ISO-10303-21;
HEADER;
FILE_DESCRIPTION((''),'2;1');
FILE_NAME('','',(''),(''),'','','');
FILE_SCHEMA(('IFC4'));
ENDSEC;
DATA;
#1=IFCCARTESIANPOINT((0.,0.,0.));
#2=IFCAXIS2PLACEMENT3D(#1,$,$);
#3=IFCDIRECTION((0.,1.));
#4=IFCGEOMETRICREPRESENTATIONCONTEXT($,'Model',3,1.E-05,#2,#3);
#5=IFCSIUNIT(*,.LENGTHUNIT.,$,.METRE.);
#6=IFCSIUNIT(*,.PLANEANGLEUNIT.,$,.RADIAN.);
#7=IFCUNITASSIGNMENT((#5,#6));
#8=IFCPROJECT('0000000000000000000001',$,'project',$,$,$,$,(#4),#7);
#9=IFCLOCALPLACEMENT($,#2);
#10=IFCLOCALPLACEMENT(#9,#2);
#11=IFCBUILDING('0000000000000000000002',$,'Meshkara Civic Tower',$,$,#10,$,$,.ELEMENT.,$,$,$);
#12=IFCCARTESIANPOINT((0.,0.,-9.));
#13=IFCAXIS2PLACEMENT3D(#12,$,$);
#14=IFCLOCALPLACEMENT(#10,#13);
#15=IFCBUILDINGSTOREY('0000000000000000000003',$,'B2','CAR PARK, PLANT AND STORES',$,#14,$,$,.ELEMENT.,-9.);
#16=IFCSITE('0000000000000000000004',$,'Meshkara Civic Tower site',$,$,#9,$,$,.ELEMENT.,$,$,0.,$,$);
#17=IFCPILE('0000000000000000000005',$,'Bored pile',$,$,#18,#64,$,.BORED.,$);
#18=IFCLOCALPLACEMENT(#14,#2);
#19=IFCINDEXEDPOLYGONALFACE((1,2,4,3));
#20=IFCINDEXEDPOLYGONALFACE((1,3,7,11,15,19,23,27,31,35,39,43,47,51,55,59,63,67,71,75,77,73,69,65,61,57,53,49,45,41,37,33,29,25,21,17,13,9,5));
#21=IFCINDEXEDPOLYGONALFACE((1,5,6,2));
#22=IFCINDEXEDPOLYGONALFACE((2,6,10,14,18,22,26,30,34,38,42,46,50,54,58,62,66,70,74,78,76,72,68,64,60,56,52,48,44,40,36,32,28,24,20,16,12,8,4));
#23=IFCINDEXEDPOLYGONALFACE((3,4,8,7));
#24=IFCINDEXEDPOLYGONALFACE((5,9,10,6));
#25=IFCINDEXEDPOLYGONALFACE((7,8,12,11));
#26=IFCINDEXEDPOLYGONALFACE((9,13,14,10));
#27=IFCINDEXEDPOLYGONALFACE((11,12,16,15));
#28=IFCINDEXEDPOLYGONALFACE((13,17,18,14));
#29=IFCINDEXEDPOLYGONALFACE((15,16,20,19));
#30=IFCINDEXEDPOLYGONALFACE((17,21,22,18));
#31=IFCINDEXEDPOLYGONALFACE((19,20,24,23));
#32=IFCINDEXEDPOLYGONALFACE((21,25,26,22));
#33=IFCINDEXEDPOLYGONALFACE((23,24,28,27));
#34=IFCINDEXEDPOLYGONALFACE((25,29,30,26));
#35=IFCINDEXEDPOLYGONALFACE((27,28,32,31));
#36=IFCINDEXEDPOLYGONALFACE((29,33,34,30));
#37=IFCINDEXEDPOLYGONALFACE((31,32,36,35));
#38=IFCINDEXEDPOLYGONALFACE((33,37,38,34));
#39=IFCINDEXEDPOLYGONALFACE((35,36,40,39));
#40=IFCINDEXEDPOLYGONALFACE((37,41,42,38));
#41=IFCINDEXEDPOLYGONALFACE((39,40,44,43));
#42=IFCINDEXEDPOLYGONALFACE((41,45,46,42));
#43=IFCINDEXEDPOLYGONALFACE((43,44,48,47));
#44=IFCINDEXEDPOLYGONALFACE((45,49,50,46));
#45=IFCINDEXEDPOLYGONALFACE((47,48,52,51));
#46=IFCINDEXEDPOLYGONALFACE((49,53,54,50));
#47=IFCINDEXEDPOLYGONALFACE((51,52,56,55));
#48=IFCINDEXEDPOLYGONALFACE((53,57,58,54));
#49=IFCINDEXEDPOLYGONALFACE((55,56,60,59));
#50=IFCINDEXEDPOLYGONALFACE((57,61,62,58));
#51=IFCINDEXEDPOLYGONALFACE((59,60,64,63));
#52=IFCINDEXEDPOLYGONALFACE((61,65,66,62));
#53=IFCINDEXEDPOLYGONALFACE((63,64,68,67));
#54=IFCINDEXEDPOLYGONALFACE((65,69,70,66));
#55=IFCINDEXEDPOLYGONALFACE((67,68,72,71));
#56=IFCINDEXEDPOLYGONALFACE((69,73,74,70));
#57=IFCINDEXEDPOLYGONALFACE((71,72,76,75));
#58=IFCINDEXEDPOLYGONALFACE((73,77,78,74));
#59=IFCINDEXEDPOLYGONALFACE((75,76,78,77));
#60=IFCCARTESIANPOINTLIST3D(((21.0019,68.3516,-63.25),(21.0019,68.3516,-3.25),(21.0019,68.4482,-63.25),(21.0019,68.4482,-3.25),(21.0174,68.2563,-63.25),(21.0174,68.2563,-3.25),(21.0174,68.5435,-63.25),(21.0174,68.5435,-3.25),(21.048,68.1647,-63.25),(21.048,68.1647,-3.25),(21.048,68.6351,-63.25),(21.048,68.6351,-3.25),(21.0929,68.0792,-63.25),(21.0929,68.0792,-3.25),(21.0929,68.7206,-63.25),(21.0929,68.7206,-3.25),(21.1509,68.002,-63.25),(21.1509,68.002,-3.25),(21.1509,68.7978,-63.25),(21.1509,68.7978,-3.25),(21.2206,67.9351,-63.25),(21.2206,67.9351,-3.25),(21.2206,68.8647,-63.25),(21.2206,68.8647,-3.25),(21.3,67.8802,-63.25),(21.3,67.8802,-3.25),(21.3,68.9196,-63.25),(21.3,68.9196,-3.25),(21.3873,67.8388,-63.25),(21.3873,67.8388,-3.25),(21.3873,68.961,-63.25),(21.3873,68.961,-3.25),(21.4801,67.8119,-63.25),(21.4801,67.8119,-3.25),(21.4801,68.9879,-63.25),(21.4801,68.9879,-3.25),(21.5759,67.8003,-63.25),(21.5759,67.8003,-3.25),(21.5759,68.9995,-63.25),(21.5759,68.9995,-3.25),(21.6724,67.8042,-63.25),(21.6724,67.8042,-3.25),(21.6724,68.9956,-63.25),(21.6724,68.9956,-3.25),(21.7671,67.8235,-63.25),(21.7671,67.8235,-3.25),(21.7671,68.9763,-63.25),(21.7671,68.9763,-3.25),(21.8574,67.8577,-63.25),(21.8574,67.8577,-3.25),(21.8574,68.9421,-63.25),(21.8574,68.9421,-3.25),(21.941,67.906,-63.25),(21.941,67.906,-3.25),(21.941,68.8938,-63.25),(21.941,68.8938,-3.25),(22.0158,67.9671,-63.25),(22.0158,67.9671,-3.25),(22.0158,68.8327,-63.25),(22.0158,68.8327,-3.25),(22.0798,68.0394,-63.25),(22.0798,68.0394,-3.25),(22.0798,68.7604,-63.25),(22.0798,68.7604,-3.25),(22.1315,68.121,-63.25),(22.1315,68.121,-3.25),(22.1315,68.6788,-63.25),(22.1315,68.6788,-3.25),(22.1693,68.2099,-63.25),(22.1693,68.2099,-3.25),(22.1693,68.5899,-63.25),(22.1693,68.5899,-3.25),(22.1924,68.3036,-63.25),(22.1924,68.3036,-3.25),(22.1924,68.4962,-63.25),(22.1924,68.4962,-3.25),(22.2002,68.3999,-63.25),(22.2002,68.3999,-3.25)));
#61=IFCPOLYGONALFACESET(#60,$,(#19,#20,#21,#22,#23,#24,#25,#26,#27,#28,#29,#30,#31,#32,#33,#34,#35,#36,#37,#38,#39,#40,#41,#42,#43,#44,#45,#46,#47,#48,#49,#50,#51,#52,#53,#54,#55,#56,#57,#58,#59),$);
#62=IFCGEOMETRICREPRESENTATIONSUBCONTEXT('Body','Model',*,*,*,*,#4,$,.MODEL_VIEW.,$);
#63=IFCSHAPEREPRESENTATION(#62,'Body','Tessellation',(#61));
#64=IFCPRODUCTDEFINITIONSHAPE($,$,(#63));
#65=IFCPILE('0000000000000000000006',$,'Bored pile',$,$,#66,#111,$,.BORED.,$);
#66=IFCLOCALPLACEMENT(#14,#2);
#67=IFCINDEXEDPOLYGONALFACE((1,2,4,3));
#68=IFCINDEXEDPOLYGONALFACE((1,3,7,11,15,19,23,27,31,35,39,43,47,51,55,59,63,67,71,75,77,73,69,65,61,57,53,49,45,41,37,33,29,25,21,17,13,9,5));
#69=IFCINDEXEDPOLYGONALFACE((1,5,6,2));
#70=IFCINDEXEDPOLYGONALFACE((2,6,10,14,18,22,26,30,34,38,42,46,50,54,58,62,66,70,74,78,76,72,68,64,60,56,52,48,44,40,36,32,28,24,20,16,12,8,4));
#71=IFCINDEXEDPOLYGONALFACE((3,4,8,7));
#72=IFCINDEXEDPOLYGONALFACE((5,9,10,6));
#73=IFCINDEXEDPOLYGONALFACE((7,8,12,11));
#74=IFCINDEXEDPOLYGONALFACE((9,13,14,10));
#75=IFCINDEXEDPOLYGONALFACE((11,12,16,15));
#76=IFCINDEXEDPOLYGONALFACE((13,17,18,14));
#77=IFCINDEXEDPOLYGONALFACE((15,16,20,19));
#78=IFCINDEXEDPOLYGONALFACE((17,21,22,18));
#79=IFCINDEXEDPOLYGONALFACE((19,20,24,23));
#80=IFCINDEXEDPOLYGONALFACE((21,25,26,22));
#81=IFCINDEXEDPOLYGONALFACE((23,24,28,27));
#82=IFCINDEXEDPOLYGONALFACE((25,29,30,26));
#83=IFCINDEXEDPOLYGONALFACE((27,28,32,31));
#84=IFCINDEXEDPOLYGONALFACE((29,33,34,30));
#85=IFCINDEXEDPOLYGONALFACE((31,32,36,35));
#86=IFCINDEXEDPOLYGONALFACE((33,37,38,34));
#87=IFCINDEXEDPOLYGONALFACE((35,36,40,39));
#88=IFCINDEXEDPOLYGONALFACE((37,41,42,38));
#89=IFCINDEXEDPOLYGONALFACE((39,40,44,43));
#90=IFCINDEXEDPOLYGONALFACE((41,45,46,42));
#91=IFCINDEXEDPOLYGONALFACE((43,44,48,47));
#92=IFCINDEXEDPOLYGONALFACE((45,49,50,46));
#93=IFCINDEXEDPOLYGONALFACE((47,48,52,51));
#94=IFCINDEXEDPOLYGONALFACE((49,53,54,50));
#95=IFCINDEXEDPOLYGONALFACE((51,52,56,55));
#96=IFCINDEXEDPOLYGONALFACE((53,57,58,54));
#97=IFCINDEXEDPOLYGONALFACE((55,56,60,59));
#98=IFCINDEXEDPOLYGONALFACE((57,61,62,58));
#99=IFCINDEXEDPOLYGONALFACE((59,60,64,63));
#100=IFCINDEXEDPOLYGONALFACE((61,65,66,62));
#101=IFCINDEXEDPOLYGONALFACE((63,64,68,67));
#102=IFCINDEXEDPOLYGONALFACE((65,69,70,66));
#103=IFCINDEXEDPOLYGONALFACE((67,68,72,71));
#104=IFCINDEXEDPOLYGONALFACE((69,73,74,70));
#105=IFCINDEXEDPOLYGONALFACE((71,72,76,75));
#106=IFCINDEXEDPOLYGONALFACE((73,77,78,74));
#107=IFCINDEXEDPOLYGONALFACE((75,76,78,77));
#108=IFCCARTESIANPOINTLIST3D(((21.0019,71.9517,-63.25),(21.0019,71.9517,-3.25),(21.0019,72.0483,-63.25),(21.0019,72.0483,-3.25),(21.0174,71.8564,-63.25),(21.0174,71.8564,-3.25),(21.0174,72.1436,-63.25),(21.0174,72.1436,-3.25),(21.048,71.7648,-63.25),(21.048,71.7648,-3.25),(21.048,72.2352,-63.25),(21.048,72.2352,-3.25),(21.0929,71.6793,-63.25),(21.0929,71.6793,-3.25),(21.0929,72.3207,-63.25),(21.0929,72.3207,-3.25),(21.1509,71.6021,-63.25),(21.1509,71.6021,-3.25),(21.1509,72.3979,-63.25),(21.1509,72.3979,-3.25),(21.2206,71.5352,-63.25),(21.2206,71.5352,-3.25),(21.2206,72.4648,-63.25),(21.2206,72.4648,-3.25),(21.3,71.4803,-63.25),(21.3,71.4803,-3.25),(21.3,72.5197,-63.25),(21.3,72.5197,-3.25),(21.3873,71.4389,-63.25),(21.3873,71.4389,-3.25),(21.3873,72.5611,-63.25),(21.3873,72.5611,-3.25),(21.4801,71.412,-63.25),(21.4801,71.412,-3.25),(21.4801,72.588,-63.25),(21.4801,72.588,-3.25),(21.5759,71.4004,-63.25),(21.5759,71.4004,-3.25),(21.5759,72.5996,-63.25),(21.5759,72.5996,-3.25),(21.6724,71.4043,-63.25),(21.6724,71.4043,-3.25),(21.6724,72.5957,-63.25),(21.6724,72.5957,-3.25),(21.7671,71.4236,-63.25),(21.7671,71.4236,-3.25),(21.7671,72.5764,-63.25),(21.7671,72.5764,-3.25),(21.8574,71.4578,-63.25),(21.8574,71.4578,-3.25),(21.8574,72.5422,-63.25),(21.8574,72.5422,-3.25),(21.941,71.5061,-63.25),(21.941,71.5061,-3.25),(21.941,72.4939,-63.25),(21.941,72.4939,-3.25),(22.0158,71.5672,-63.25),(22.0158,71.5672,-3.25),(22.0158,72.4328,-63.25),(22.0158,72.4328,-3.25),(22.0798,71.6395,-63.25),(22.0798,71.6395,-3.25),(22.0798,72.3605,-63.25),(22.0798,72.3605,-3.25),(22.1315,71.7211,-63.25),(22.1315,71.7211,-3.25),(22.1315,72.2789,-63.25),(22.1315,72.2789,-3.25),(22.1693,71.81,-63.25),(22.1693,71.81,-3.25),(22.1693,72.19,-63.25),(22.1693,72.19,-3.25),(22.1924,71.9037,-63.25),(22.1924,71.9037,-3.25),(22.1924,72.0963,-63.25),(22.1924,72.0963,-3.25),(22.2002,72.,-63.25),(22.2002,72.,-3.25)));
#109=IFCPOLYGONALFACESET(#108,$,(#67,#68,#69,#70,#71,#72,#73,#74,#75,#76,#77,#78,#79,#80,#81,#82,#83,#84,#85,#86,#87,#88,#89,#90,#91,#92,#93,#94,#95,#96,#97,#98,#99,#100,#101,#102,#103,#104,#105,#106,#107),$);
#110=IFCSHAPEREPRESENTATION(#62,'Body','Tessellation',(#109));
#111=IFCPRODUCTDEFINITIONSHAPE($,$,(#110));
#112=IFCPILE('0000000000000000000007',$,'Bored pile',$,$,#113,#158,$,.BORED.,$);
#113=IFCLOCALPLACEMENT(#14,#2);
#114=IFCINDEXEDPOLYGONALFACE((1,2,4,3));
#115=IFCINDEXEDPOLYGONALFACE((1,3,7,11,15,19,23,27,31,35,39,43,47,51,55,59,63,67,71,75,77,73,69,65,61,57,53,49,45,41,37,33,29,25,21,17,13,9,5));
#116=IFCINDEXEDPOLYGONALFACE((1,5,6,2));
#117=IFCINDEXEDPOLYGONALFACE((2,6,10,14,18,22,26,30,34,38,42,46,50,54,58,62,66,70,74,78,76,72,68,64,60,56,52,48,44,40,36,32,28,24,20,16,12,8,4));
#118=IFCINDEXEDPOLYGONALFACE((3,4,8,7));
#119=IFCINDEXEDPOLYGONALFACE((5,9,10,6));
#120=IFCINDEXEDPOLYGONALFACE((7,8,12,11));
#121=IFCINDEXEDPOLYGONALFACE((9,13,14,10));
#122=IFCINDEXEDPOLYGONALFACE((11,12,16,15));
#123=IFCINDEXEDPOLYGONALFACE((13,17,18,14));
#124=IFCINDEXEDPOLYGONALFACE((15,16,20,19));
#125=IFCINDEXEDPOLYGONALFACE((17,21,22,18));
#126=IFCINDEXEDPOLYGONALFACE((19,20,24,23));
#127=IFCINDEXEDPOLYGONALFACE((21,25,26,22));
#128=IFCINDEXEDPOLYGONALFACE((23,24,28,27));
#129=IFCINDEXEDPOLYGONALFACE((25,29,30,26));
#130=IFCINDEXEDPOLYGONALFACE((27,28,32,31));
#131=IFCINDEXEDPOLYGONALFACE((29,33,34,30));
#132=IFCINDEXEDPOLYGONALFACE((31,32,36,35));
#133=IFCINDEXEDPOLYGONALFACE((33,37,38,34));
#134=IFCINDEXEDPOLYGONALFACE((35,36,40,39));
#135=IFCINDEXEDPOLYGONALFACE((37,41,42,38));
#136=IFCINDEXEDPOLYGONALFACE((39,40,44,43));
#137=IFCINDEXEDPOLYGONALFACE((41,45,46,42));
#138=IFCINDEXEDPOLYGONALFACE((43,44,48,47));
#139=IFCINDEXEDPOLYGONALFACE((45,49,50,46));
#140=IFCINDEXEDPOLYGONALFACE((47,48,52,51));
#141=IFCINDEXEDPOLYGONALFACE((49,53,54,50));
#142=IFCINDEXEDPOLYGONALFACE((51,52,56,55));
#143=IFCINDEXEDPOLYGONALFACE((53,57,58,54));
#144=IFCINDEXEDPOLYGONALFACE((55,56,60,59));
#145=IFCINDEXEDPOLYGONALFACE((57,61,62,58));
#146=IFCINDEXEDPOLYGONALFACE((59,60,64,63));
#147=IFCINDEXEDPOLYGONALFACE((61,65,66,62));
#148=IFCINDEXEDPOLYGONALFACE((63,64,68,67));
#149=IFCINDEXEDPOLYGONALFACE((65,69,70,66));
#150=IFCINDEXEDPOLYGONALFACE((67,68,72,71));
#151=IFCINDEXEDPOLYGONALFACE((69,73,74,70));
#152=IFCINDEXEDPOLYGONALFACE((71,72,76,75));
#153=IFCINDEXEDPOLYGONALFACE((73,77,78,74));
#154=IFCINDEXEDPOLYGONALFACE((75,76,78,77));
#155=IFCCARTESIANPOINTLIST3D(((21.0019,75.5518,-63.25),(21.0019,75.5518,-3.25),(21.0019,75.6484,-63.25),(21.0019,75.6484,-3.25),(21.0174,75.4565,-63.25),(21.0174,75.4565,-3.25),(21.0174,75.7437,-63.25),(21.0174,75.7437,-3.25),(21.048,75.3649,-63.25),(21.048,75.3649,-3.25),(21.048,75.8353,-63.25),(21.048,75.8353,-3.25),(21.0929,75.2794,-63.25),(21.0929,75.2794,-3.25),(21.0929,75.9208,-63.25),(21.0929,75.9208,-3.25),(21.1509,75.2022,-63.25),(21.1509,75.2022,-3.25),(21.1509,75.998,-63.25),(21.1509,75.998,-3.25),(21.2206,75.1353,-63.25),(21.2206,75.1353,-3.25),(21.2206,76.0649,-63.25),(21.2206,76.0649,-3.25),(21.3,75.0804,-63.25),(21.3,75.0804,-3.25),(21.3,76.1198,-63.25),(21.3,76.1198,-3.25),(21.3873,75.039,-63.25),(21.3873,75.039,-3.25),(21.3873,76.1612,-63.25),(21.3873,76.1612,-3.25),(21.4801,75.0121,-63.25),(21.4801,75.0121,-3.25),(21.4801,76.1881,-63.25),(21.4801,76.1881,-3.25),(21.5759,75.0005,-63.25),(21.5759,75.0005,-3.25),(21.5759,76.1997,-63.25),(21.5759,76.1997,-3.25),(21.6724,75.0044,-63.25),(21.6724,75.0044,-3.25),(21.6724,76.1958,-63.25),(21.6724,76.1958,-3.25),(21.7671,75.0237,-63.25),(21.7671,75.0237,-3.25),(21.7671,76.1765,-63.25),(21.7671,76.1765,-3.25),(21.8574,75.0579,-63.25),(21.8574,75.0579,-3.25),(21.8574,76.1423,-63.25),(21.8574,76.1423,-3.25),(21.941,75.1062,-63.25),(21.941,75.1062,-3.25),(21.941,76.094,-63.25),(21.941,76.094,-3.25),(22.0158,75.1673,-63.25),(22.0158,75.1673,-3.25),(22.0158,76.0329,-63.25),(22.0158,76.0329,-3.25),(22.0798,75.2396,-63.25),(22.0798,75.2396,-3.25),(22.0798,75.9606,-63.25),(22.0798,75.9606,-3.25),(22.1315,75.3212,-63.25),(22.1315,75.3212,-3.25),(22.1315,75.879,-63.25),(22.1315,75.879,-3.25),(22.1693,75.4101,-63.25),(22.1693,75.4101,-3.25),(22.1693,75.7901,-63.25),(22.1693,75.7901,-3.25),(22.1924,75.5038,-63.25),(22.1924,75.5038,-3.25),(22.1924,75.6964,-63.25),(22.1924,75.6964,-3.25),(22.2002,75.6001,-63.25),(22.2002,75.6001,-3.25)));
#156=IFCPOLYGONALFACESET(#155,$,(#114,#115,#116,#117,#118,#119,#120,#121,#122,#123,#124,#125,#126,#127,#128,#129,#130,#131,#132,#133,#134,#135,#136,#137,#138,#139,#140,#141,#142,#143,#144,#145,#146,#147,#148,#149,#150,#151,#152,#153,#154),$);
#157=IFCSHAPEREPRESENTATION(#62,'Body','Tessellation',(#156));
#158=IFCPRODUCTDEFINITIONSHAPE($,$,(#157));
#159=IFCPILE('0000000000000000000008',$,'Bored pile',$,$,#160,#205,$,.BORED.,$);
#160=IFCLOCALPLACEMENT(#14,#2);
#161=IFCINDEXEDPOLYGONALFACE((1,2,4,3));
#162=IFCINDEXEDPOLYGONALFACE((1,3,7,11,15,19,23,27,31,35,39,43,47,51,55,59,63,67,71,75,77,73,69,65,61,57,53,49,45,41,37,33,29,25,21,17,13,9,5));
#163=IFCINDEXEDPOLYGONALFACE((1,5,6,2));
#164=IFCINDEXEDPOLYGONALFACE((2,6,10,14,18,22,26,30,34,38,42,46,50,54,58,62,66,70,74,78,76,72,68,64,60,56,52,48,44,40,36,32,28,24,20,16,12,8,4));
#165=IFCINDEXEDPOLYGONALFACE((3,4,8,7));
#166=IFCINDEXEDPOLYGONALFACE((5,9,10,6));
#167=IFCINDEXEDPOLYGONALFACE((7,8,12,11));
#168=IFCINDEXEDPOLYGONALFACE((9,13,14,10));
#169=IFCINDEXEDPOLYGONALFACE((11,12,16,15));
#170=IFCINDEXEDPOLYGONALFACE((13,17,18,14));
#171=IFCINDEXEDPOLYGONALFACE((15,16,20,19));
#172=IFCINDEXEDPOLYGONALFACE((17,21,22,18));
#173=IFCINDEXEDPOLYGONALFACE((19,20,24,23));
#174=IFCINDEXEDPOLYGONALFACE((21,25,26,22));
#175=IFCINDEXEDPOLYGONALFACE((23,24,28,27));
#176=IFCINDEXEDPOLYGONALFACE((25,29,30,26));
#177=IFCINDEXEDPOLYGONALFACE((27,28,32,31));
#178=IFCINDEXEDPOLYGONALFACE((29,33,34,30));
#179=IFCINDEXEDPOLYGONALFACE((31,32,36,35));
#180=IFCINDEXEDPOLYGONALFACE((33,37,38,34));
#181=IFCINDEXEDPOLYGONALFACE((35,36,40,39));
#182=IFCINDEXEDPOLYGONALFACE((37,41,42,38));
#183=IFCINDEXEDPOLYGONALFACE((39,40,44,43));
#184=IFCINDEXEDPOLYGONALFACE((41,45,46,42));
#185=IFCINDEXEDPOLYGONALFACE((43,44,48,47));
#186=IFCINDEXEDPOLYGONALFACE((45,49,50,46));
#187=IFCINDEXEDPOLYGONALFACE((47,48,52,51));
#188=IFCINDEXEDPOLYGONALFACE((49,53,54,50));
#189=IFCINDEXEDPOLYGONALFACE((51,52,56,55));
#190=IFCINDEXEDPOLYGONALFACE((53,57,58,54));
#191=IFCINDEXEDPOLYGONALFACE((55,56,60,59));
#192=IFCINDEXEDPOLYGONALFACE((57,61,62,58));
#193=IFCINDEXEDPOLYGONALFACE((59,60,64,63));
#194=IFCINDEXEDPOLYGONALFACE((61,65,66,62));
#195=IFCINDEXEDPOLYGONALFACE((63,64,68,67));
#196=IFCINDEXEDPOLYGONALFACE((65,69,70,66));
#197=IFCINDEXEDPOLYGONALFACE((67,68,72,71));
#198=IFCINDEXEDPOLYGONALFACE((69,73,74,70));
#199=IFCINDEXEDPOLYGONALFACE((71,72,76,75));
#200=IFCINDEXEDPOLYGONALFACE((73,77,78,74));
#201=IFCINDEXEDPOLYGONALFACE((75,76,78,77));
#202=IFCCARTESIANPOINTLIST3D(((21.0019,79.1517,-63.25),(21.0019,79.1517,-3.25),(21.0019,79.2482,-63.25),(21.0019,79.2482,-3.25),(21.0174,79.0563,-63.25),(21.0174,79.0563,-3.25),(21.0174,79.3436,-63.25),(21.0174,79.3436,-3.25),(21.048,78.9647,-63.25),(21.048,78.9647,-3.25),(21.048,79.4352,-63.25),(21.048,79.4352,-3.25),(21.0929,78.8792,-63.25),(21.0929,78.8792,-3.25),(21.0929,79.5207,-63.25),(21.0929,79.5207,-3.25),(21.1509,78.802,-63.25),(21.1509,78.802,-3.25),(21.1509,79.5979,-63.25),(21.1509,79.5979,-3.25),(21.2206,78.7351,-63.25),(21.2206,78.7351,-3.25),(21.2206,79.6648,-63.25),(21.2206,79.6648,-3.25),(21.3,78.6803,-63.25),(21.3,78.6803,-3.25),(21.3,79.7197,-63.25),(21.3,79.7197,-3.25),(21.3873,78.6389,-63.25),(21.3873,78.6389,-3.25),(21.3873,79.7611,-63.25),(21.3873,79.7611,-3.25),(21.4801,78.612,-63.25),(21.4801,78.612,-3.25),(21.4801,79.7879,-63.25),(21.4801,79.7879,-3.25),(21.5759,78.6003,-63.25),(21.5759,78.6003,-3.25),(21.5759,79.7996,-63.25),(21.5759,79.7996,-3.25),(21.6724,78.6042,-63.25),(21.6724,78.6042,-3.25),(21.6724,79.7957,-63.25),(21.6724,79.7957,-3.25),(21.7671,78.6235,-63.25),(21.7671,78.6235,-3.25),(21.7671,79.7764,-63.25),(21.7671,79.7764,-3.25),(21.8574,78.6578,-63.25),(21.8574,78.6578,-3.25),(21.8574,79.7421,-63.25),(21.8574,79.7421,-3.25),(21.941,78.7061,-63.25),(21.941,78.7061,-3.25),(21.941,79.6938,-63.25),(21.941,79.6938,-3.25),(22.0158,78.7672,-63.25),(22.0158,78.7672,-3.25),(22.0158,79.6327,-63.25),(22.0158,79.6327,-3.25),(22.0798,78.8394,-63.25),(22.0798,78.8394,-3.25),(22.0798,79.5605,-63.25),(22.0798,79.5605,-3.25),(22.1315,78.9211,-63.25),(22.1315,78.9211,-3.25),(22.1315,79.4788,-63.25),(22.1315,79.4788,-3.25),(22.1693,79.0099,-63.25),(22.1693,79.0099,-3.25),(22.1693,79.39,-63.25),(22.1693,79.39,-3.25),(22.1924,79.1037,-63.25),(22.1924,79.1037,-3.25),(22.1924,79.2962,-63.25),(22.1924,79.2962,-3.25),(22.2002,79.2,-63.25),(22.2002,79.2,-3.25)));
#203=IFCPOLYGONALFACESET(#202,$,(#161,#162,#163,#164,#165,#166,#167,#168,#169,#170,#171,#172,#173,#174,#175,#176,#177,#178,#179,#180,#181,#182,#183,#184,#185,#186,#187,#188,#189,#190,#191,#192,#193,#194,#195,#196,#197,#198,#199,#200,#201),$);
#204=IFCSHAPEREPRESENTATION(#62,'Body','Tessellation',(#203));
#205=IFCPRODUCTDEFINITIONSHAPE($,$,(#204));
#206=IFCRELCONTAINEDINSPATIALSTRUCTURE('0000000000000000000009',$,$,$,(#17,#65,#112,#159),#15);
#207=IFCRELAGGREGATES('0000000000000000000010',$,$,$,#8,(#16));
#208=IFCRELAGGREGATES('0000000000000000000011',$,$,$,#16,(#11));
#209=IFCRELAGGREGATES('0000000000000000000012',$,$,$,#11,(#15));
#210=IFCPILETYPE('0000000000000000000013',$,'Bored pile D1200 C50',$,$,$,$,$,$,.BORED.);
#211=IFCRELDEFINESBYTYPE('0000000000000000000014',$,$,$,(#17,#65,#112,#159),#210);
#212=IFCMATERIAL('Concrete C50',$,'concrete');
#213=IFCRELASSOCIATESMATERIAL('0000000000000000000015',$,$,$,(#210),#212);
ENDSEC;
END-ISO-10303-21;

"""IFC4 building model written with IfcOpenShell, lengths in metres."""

from ifc_helpers import new_model, si_unit, direction, frame, origin, origin_2d, place, context, subcontext, project, spatial, circle, extrude, material, material_profile, profile_set, type_object, element, save


model = new_model("IFC4")

# Units and contexts
model_context = context("Model", 3, precision=1e-05, world=origin(), true_north=direction((0.0, 1.0)))
body_context = subcontext(model_context, "Body", "Model", "MODEL_VIEW")
ifc_project = project(units=[si_unit("LENGTHUNIT", "METRE"), si_unit("PLANEANGLEUNIT", "RADIAN")], contexts=[model_context])

# Site, building, storey
site_placement = place(None, origin())
site = spatial("IfcSite", under=ifc_project, at=site_placement, Name="Meshkara Civic Tower site", CompositionType="ELEMENT", RefElevation=0.0)
building_placement = place(site_placement, origin())
building = spatial("IfcBuilding", under=site, at=building_placement, Name="Meshkara Civic Tower", CompositionType="ELEMENT")
storey_placement = place(building_placement, frame((0.0, 0.0, -9.0)))
storey = spatial("IfcBuildingStorey", under=building, at=storey_placement, Name="B2", Description="CAR PARK, PLANT AND STORES", CompositionType="ELEMENT", Elevation=-9.0)

# Piles
ifc_material_1 = material(Name="Concrete C50", Category="concrete")
ifc_material_profile_1 = material_profile(ifc_material_1, circle(Radius=0.6001, at=origin_2d()))
ifc_profile_set_1 = profile_set([ifc_material_profile_1], Name="Concrete C50")
pile_type = type_object("IfcPileType", Name="Bored pile D1200 C50", PredefinedType="BORED", material=ifc_profile_set_1)
for number, where, z_axis, x_axis, name in (
    (1, (21.6001, 68.3999, -3.25), (0.0, 0.0, -1.0), (1.0, 0.0, 0.0), "Bored pile"),
    (2, (21.6001, 72.0, -3.25), (0.0, 0.0, -1.0), (1.0, 0.0, 0.0), "Bored pile"),
    (3, (21.6001, 75.6001, -3.25), (0.0, 0.0, -1.0), (1.0, 0.0, 0.0), "Bored pile"),
    (4, (21.6001, 79.2, -3.25), (0.0, 0.0, -1.0), (1.0, 0.0, 0.0), "Bored pile"),
):
    element("IfcPile", number, at=place(storey_placement, frame(where, z_axis=z_axis, x_axis=x_axis)), inside=storey, type_object=pile_type, Name=name, PredefinedType="BORED", context=body_context, shape_type="SweptSolid", body=[
        extrude(circle(Radius=0.6001, at=origin_2d()), origin(), (0.0, 0.0, 1.0), 60.0),
    ])

save(model, "model.ifc")
